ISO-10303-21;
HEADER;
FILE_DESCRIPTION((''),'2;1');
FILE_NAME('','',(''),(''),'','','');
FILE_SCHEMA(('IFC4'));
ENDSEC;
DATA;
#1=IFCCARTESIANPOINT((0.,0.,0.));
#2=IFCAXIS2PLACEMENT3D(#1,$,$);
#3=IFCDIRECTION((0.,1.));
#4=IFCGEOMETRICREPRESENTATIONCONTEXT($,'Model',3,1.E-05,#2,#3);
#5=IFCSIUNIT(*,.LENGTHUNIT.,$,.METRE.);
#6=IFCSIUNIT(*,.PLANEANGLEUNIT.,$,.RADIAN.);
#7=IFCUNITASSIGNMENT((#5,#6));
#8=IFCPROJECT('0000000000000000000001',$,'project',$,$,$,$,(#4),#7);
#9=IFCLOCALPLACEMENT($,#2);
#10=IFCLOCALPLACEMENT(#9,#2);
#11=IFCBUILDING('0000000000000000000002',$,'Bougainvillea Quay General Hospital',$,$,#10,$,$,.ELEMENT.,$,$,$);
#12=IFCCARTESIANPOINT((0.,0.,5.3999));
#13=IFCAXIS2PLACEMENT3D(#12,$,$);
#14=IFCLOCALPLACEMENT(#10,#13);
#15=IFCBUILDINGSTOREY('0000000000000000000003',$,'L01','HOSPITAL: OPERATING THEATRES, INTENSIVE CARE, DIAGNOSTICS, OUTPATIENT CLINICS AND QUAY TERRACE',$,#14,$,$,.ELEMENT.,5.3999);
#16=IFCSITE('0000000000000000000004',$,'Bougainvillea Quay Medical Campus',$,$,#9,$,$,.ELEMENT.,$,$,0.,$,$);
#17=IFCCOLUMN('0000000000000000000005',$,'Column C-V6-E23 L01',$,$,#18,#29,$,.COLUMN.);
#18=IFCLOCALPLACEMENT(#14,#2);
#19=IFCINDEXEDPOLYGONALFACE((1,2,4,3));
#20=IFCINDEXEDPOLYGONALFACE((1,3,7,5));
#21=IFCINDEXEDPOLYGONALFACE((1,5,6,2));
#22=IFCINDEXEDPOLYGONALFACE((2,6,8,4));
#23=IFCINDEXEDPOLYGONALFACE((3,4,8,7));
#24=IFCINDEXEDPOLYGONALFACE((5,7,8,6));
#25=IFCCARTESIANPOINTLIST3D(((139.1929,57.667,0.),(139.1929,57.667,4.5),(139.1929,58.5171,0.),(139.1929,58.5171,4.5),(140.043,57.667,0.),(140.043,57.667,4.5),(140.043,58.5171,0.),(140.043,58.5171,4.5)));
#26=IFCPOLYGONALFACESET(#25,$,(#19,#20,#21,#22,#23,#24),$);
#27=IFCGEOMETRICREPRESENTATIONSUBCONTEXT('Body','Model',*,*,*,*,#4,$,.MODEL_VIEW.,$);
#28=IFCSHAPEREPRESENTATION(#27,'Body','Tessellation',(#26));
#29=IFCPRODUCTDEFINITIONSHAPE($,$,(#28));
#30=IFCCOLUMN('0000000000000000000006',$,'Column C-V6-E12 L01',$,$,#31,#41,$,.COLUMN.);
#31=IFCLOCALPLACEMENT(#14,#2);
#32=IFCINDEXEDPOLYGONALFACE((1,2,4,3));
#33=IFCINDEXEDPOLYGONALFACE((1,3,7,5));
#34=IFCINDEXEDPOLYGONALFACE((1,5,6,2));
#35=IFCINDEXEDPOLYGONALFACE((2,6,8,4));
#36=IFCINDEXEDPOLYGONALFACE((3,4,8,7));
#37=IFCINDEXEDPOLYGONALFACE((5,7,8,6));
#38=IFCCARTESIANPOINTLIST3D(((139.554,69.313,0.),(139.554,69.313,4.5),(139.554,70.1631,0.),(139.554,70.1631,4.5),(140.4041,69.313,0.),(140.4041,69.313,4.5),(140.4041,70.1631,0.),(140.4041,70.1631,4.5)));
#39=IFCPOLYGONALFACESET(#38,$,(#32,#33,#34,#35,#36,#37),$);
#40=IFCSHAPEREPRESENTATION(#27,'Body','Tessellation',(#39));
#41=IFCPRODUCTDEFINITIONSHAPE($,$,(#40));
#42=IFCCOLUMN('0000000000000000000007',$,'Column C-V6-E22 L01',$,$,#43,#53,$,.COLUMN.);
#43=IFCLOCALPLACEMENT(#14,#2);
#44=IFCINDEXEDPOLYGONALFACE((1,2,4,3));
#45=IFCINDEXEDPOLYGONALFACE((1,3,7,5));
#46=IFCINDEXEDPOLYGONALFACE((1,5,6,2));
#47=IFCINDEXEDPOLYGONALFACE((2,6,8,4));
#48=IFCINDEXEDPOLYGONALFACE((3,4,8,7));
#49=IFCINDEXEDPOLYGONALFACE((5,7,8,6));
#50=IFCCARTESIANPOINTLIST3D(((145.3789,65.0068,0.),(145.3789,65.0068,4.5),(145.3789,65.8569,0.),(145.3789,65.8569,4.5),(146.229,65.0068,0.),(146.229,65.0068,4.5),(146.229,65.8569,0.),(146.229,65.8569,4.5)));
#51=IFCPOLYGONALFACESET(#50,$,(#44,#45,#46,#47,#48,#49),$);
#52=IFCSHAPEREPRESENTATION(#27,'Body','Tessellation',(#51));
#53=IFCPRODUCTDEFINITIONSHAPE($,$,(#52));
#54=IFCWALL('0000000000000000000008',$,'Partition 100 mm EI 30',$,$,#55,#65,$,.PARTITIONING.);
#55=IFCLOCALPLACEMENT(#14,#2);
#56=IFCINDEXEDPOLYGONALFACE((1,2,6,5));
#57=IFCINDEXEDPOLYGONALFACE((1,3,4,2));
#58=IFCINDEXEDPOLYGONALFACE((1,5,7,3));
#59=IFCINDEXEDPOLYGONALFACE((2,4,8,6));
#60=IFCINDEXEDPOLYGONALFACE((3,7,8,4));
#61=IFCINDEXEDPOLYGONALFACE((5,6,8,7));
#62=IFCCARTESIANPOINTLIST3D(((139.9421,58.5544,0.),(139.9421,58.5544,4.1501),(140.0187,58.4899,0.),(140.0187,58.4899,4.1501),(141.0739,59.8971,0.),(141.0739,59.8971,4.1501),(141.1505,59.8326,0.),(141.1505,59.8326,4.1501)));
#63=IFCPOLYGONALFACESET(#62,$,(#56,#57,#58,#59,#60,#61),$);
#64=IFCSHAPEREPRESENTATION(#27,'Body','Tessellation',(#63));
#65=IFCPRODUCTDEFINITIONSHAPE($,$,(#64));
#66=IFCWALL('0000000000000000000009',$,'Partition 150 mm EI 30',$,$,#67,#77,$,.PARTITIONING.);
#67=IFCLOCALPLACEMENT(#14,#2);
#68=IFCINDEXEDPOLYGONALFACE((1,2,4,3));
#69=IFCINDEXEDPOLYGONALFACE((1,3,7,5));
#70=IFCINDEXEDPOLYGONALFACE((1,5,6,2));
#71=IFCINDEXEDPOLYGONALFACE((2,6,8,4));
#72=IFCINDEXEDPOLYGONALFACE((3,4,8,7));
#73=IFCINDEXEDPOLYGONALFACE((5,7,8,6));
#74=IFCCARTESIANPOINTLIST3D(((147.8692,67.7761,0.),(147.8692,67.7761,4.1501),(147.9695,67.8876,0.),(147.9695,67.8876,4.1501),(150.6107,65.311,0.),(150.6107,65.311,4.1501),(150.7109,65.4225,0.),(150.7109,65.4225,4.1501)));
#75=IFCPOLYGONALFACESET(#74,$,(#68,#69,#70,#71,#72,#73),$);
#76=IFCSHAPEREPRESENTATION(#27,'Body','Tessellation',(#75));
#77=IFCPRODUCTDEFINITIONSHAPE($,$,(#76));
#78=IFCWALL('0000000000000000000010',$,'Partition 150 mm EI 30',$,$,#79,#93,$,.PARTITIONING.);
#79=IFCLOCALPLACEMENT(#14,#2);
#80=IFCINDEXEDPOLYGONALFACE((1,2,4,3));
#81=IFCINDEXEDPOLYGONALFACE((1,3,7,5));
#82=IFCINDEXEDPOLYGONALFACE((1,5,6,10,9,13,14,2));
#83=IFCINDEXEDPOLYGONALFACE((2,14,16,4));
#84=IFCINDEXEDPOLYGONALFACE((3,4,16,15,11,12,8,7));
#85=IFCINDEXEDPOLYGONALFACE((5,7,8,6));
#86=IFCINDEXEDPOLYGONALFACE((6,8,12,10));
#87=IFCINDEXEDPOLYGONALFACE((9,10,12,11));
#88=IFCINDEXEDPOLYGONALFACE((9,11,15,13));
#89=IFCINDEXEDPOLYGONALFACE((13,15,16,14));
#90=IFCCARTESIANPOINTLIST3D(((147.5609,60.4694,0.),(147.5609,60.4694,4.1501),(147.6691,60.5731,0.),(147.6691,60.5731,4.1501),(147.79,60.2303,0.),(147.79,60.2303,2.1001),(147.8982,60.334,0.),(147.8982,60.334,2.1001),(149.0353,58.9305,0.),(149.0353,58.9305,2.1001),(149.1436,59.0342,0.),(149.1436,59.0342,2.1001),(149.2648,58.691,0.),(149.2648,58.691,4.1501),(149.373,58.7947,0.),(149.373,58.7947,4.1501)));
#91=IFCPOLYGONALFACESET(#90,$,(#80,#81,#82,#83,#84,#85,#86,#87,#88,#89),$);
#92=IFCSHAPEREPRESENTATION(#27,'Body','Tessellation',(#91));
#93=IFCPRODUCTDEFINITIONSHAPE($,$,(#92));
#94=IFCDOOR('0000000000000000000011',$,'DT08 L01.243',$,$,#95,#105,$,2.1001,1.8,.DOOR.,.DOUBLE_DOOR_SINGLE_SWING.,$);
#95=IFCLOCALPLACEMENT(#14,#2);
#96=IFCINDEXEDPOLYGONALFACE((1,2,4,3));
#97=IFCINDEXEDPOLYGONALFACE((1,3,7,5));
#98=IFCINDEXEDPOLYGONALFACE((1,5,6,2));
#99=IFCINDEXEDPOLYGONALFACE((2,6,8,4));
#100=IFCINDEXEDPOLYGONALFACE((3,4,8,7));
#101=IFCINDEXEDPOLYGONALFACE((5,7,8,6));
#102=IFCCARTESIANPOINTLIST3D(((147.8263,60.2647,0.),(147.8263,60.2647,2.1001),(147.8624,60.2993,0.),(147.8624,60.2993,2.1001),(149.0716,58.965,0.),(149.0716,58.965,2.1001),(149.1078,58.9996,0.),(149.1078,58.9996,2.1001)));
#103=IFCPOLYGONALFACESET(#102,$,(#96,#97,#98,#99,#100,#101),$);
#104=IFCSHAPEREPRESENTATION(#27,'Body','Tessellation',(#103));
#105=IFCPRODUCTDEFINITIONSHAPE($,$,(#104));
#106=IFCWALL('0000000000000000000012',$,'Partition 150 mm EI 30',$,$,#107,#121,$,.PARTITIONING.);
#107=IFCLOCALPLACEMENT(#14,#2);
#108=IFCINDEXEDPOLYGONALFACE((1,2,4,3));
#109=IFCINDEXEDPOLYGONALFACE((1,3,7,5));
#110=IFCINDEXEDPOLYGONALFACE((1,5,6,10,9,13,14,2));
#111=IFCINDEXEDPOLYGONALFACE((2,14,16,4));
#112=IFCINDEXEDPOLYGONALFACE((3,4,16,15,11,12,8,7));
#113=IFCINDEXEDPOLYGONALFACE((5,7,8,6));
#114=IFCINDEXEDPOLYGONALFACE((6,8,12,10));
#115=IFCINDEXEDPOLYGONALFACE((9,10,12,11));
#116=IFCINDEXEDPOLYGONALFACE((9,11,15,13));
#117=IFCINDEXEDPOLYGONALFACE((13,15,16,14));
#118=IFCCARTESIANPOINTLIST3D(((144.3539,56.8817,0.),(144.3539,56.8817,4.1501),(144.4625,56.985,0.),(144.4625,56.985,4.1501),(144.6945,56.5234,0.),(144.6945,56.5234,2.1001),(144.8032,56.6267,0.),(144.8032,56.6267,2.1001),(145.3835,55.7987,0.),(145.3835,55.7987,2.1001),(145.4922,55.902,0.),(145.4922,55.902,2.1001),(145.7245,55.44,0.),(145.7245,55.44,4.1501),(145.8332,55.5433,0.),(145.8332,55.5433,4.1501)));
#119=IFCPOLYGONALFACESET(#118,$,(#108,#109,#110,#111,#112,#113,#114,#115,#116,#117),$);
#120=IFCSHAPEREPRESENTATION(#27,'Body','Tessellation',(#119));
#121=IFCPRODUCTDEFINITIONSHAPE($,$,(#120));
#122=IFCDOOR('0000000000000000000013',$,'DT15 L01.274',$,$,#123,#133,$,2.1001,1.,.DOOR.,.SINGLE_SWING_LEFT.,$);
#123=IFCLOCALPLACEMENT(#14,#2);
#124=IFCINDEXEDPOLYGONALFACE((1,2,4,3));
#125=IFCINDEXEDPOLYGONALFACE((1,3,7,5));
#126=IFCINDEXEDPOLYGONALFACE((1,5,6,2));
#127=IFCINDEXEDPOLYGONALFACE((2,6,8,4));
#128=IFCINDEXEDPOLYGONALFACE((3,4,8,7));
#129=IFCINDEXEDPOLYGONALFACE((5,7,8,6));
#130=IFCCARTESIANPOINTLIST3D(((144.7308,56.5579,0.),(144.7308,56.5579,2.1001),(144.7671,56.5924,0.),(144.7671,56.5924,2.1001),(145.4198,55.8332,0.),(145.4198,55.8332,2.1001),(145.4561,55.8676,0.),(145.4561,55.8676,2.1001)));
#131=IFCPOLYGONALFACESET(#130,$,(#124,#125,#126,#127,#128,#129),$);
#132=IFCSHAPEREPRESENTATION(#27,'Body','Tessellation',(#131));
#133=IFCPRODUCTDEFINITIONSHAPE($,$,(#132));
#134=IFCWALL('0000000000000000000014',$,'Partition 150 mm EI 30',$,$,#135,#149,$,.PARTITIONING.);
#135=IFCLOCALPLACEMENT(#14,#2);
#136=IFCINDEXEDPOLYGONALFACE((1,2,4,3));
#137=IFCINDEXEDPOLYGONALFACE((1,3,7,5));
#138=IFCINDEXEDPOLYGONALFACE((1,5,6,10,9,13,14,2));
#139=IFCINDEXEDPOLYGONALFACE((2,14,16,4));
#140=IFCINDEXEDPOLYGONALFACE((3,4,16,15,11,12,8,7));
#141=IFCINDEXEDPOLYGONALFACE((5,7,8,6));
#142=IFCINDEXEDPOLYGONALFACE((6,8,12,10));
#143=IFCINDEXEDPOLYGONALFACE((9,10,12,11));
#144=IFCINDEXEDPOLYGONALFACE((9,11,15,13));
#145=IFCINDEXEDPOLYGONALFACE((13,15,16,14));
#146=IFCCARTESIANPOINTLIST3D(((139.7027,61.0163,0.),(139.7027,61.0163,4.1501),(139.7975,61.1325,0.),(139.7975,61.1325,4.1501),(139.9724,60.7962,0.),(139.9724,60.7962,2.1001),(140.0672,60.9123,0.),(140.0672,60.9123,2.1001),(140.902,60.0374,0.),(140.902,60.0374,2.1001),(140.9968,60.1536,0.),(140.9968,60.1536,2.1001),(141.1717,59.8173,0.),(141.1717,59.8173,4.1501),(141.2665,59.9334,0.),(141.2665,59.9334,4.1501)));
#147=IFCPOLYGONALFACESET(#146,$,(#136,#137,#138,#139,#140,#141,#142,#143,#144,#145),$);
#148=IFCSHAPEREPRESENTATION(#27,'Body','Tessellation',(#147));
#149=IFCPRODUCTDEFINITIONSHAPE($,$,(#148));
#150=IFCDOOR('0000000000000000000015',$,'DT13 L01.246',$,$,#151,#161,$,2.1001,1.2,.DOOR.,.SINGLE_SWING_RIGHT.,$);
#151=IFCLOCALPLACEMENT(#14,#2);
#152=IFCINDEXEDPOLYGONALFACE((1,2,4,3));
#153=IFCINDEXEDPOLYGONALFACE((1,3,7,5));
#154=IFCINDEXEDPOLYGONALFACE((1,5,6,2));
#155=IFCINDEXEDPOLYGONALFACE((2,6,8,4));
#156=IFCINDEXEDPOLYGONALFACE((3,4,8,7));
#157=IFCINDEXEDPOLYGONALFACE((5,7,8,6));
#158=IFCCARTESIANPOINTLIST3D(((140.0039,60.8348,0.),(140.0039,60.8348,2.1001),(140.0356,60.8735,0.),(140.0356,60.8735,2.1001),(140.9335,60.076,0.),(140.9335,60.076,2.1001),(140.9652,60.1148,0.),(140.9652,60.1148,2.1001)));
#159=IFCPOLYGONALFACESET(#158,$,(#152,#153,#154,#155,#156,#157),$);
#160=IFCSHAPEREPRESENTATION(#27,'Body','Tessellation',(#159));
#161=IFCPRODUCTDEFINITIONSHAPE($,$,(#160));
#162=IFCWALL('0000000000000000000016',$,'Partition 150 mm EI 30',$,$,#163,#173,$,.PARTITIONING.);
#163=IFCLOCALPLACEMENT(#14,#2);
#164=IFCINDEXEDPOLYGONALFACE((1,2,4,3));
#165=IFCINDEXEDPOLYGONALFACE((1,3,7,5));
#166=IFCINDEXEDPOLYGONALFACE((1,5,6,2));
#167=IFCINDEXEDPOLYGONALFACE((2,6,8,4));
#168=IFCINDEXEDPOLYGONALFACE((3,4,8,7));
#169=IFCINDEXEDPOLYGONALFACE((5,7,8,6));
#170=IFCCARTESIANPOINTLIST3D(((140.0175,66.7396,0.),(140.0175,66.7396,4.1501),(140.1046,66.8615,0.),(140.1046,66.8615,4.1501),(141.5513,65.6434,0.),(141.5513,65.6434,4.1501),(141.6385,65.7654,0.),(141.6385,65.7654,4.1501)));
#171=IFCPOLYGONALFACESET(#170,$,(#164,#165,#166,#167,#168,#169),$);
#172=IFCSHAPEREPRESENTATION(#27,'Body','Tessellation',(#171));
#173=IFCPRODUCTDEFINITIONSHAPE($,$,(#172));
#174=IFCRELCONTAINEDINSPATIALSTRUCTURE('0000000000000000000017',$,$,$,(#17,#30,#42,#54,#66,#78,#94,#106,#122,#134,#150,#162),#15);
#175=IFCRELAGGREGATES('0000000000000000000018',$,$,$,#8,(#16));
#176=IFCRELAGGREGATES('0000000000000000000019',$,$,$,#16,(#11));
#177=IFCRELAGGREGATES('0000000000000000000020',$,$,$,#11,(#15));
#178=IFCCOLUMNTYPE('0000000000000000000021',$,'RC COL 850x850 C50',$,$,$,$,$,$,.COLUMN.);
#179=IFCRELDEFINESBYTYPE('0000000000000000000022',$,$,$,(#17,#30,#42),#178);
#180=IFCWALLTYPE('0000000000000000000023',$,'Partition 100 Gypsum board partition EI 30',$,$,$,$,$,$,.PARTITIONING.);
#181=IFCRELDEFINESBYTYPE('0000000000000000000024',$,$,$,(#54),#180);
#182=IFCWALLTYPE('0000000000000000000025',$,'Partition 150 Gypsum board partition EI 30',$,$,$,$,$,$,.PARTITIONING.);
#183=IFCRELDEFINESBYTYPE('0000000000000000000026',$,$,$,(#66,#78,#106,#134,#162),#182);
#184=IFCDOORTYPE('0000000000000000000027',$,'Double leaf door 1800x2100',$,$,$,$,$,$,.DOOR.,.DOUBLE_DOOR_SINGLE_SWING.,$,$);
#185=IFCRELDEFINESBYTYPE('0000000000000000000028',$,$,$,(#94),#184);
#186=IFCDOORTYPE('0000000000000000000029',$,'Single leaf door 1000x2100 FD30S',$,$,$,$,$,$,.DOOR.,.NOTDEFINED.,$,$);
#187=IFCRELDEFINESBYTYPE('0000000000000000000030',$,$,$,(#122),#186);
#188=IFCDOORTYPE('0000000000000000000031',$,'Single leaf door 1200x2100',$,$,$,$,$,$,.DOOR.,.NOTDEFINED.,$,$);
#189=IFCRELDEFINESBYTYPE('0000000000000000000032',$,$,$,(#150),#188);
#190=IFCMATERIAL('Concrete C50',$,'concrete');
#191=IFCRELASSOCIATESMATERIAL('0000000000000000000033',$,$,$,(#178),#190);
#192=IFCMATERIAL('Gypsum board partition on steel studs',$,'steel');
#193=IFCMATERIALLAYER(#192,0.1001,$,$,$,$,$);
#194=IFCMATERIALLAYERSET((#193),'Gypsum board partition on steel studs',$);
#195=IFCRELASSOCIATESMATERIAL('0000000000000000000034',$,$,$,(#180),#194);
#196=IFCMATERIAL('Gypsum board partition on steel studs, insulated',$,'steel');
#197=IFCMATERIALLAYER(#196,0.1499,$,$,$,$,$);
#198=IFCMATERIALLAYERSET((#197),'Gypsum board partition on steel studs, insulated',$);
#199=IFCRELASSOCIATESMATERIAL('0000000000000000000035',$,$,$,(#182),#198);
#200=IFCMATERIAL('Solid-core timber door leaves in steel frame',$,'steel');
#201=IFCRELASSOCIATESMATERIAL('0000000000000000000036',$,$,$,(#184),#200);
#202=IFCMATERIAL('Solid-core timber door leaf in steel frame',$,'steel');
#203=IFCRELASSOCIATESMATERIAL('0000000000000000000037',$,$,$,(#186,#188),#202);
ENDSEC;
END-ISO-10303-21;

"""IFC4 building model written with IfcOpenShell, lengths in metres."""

from ifc_helpers import new_model, si_unit, direction, frame, frame_2d, origin, origin_2d, place, context, subcontext, project, spatial, rectangle, extrude, material, layer, layer_set, material_profile, profile_set, type_object, element, fill, save


model = new_model("IFC4")

# Units and contexts
model_context = context("Model", 3, precision=1e-05, world=origin(), true_north=direction((0.0, 1.0)))
body_context = subcontext(model_context, "Body", "Model", "MODEL_VIEW")
ifc_project = project(units=[si_unit("LENGTHUNIT", "METRE"), si_unit("PLANEANGLEUNIT", "RADIAN")], contexts=[model_context])

# Site, building, storey
site_placement = place(None, origin())
site = spatial("IfcSite", under=ifc_project, at=site_placement, Name="Bougainvillea Quay Medical Campus", CompositionType="ELEMENT", RefElevation=0.0)
building_placement = place(site_placement, origin())
building = spatial("IfcBuilding", under=site, at=building_placement, Name="Bougainvillea Quay General Hospital", CompositionType="ELEMENT")
storey_placement = place(building_placement, frame((0.0, 0.0, 5.3999)))
storey = spatial("IfcBuildingStorey", under=building, at=storey_placement, Name="L01", Description="HOSPITAL: OPERATING THEATRES, INTENSIVE CARE, DIAGNOSTICS, OUTPATIENT CLINICS AND QUAY TERRACE", CompositionType="ELEMENT", Elevation=5.3999)

# Columns
ifc_material_1 = material(Name="Concrete C50", Category="concrete")
ifc_material_profile = material_profile(ifc_material_1, rectangle(XDim=0.8501, YDim=0.8501, at=origin_2d()))
ifc_profile_set = profile_set([ifc_material_profile], Name="Concrete C50")
column_type = type_object("IfcColumnType", Name="RC COL 850x850 C50", PredefinedType="COLUMN", material=ifc_profile_set)
for number, where, z_axis, x_axis, name in (
    (1, (139.6179, 58.092, 0.0), (0.0, 0.0, 1.0), (1.0, 0.0, 0.0), "Column C-V6-E23 L01"),
    (2, (139.979, 69.738, 0.0), (0.0, 0.0, 1.0), (1.0, 0.0, 0.0), "Column C-V6-E12 L01"),
    (3, (145.804, 65.4319, 0.0), (0.0, 0.0, 1.0), (1.0, 0.0, 0.0), "Column C-V6-E22 L01"),
):
    element("IfcColumn", number, at=place(storey_placement, frame(where, z_axis=z_axis, x_axis=x_axis)), inside=storey, type_object=column_type, Name=name, PredefinedType="COLUMN", context=body_context, shape_type="SweptSolid", body=[
        extrude(rectangle(XDim=0.8501, YDim=0.8501, at=origin_2d()), origin(), (0.0, 0.0, 1.0), 4.5),
    ])

# Walls
ifc_material_2 = material(Name="Gypsum board partition on steel studs", Category="steel")
ifc_layer_1 = layer(ifc_material_2, 0.1001)
ifc_layer_set_1 = layer_set([ifc_layer_1], Name="Gypsum board partition on steel studs")
wall_type_1 = type_object("IfcWallType", Name="Partition 100 Gypsum board partition EI 30", PredefinedType="PARTITIONING", material=ifc_layer_set_1)
wall_1_placement = place(storey_placement, frame((139.9805, 58.5222, 0.0), z_axis=(0.0, 0.0, 1.0), x_axis=(0.644495, 0.764608, 0.0)))
element("IfcWall", 4, at=wall_1_placement, inside=storey, type_object=wall_type_1, Name="Partition 100 mm EI 30", PredefinedType="PARTITIONING", context=body_context, shape_type="SweptSolid", body=[
    extrude(rectangle(XDim=1.7561, YDim=0.1001, at=frame_2d((0.8779, 0.0))), origin(), (0.0, 0.0, 1.0), 4.1501),
])
ifc_material_3 = material(Name="Gypsum board partition on steel studs, insulated", Category="steel")
ifc_layer_2 = layer(ifc_material_3, 0.1499)
ifc_layer_set_2 = layer_set([ifc_layer_2], Name="Gypsum board partition on steel studs, insulated")
wall_type_2 = type_object("IfcWallType", Name="Partition 150 Gypsum board partition EI 30", PredefinedType="PARTITIONING", material=ifc_layer_set_2)
wall_2_placement = place(storey_placement, frame((147.9194, 67.8318, 0.0), z_axis=(0.0, 0.0, 1.0), x_axis=(0.743594, -0.668632, 0.0)))
element("IfcWall", 5, at=wall_2_placement, inside=storey, type_object=wall_type_2, Name="Partition 150 mm EI 30", PredefinedType="PARTITIONING", context=body_context, shape_type="SweptSolid", body=[
    extrude(rectangle(XDim=3.6868, YDim=0.1499, at=frame_2d((1.8433, 0.0))), origin(), (0.0, 0.0, 1.0), 4.1501),
])

# Walls, openings, doors
wall_3_placement = place(storey_placement, frame((147.615, 60.5212, 0.0), z_axis=(0.0, 0.0, 1.0), x_axis=(0.691828, -0.722062, 0.0)))
wall_3 = element("IfcWall", 6, at=wall_3_placement, inside=storey, type_object=wall_type_2, Name="Partition 150 mm EI 30", PredefinedType="PARTITIONING", context=body_context, shape_type="SweptSolid", body=[
    extrude(rectangle(XDim=2.4629, YDim=0.1499, at=frame_2d((1.2314, 0.0))), origin(), (0.0, 0.0, 1.0), 4.1501),
])
opening_1_placement = place(wall_3_placement, frame((0.3313, 0.0, 0.0)))
opening_1 = element("IfcOpeningElement", 7, at=opening_1_placement, cuts=wall_3, PredefinedType="OPENING", context=body_context, shape_type="SweptSolid", body=[
    extrude(rectangle(XDim=1.8, YDim=2.1001, at=frame_2d((0.8999, 1.05))), frame((0.0, 0.085, 0.0), z_axis=(0.0, -1.0, 0.0), x_axis=(1.0, 0.0, 0.0)), (0.0, 0.0, 1.0), 0.1699),
])
ifc_material_4 = material(Name="Solid-core timber door leaves in steel frame", Category="steel")
door_type_1 = type_object("IfcDoorType", Name="Double leaf door 1800x2100", OperationType="DOUBLE_DOOR_SINGLE_SWING", PredefinedType="DOOR", material=ifc_material_4)
door_1_placement = place(opening_1_placement, frame((1.8, 0.0, 0.0), z_axis=(0.0, 0.0, 1.0), x_axis=(-1.0, 0.0, 0.0)))
door_1 = element("IfcDoor", 8, at=door_1_placement, inside=storey, type_object=door_type_1, Name="DT08 L01.243", OperationType="DOUBLE_DOOR_SINGLE_SWING", OverallHeight=2.1001, OverallWidth=1.8, PredefinedType="DOOR", context=body_context, shape_type="SweptSolid", body=[
    extrude(rectangle(XDim=1.8, YDim=2.1001, at=frame_2d((0.8999, 1.05))), frame((0.0, 0.0249, 0.0), z_axis=(0.0, -1.0, 0.0), x_axis=(1.0, 0.0, 0.0)), (0.0, 0.0, 1.0), 0.05),
])
fill(opening_1, door_1)
wall_4_placement = place(storey_placement, frame((144.4082, 56.9333, 0.0), z_axis=(0.0, 0.0, 1.0), x_axis=(0.689024, -0.724739, 0.0)))
wall_4 = element("IfcWall", 9, at=wall_4_placement, inside=storey, type_object=wall_type_2, Name="Partition 150 mm EI 30", PredefinedType="PARTITIONING", context=body_context, shape_type="SweptSolid", body=[
    extrude(rectangle(XDim=1.9893, YDim=0.1499, at=frame_2d((0.9946, 0.0))), origin(), (0.0, 0.0, 1.0), 4.1501),
])
opening_2_placement = place(wall_4_placement, frame((0.4944, 0.0, 0.0)))
opening_2 = element("IfcOpeningElement", 10, at=opening_2_placement, cuts=wall_4, PredefinedType="OPENING", context=body_context, shape_type="SweptSolid", body=[
    extrude(rectangle(XDim=1.0, YDim=2.1001, at=frame_2d((0.5, 1.05))), frame((0.0, 0.085, 0.0), z_axis=(0.0, -1.0, 0.0), x_axis=(1.0, 0.0, 0.0)), (0.0, 0.0, 1.0), 0.1699),
])
ifc_material_5 = material(Name="Solid-core timber door leaf in steel frame", Category="steel")
door_type_2 = type_object("IfcDoorType", Name="Single leaf door 1000x2100 FD30S", OperationType="NOTDEFINED", PredefinedType="DOOR", material=ifc_material_5)
door_2_placement = place(opening_2_placement, frame((1.0, 0.0, 0.0), z_axis=(0.0, 0.0, 1.0), x_axis=(-1.0, 0.0, 0.0)))
door_2 = element("IfcDoor", 11, at=door_2_placement, inside=storey, type_object=door_type_2, Name="DT15 L01.274", OperationType="SINGLE_SWING_LEFT", OverallHeight=2.1001, OverallWidth=1.0, PredefinedType="DOOR", context=body_context, shape_type="SweptSolid", body=[
    extrude(rectangle(XDim=1.0, YDim=2.1001, at=frame_2d((0.5, 1.05))), frame((0.0, 0.0249, 0.0), z_axis=(0.0, -1.0, 0.0), x_axis=(1.0, 0.0, 0.0)), (0.0, 0.0, 1.0), 0.05),
])
fill(opening_2, door_2)
wall_5_placement = place(storey_placement, frame((139.75, 61.0745, 0.0), z_axis=(0.0, 0.0, 1.0), x_axis=(0.774714, -0.632312, 0.0)))
wall_5 = element("IfcWall", 12, at=wall_5_placement, inside=storey, type_object=wall_type_2, Name="Partition 150 mm EI 30", PredefinedType="PARTITIONING", context=body_context, shape_type="SweptSolid", body=[
    extrude(rectangle(XDim=1.8962, YDim=0.1499, at=frame_2d((0.9482, 0.0))), origin(), (0.0, 0.0, 1.0), 4.1501),
])
opening_3_placement = place(wall_5_placement, frame((0.3481, 0.0, 0.0)))
opening_3 = element("IfcOpeningElement", 13, at=opening_3_placement, cuts=wall_5, PredefinedType="OPENING", context=body_context, shape_type="SweptSolid", body=[
    extrude(rectangle(XDim=1.2, YDim=2.1001, at=frame_2d((0.6001, 1.05))), frame((0.0, 0.085, 0.0), z_axis=(0.0, -1.0, 0.0), x_axis=(1.0, 0.0, 0.0)), (0.0, 0.0, 1.0), 0.1699),
])
door_type_3 = type_object("IfcDoorType", Name="Single leaf door 1200x2100", OperationType="NOTDEFINED", PredefinedType="DOOR", material=ifc_material_5)
door_3_placement = place(opening_3_placement, origin())
door_3 = element("IfcDoor", 14, at=door_3_placement, inside=storey, type_object=door_type_3, Name="DT13 L01.246", OperationType="SINGLE_SWING_RIGHT", OverallHeight=2.1001, OverallWidth=1.2, PredefinedType="DOOR", context=body_context, shape_type="SweptSolid", body=[
    extrude(rectangle(XDim=1.2, YDim=2.1001, at=frame_2d((0.6001, 1.05))), frame((0.0, 0.0249, 0.0), z_axis=(0.0, -1.0, 0.0), x_axis=(1.0, 0.0, 0.0)), (0.0, 0.0, 1.0), 0.05),
])
fill(opening_3, door_3)

# Wall
wall_6_placement = place(storey_placement, frame((140.061, 66.8005, 0.0), z_axis=(0.0, 0.0, 1.0), x_axis=(0.813602, -0.581422, 0.0)))
element("IfcWall", 15, at=wall_6_placement, inside=storey, type_object=wall_type_2, Name="Partition 150 mm EI 30", PredefinedType="PARTITIONING", context=body_context, shape_type="SweptSolid", body=[
    extrude(rectangle(XDim=1.8853, YDim=0.1499, at=frame_2d((0.9426, 0.0))), origin(), (0.0, 0.0, 1.0), 4.1501),
])

save(model, "model.ifc")
